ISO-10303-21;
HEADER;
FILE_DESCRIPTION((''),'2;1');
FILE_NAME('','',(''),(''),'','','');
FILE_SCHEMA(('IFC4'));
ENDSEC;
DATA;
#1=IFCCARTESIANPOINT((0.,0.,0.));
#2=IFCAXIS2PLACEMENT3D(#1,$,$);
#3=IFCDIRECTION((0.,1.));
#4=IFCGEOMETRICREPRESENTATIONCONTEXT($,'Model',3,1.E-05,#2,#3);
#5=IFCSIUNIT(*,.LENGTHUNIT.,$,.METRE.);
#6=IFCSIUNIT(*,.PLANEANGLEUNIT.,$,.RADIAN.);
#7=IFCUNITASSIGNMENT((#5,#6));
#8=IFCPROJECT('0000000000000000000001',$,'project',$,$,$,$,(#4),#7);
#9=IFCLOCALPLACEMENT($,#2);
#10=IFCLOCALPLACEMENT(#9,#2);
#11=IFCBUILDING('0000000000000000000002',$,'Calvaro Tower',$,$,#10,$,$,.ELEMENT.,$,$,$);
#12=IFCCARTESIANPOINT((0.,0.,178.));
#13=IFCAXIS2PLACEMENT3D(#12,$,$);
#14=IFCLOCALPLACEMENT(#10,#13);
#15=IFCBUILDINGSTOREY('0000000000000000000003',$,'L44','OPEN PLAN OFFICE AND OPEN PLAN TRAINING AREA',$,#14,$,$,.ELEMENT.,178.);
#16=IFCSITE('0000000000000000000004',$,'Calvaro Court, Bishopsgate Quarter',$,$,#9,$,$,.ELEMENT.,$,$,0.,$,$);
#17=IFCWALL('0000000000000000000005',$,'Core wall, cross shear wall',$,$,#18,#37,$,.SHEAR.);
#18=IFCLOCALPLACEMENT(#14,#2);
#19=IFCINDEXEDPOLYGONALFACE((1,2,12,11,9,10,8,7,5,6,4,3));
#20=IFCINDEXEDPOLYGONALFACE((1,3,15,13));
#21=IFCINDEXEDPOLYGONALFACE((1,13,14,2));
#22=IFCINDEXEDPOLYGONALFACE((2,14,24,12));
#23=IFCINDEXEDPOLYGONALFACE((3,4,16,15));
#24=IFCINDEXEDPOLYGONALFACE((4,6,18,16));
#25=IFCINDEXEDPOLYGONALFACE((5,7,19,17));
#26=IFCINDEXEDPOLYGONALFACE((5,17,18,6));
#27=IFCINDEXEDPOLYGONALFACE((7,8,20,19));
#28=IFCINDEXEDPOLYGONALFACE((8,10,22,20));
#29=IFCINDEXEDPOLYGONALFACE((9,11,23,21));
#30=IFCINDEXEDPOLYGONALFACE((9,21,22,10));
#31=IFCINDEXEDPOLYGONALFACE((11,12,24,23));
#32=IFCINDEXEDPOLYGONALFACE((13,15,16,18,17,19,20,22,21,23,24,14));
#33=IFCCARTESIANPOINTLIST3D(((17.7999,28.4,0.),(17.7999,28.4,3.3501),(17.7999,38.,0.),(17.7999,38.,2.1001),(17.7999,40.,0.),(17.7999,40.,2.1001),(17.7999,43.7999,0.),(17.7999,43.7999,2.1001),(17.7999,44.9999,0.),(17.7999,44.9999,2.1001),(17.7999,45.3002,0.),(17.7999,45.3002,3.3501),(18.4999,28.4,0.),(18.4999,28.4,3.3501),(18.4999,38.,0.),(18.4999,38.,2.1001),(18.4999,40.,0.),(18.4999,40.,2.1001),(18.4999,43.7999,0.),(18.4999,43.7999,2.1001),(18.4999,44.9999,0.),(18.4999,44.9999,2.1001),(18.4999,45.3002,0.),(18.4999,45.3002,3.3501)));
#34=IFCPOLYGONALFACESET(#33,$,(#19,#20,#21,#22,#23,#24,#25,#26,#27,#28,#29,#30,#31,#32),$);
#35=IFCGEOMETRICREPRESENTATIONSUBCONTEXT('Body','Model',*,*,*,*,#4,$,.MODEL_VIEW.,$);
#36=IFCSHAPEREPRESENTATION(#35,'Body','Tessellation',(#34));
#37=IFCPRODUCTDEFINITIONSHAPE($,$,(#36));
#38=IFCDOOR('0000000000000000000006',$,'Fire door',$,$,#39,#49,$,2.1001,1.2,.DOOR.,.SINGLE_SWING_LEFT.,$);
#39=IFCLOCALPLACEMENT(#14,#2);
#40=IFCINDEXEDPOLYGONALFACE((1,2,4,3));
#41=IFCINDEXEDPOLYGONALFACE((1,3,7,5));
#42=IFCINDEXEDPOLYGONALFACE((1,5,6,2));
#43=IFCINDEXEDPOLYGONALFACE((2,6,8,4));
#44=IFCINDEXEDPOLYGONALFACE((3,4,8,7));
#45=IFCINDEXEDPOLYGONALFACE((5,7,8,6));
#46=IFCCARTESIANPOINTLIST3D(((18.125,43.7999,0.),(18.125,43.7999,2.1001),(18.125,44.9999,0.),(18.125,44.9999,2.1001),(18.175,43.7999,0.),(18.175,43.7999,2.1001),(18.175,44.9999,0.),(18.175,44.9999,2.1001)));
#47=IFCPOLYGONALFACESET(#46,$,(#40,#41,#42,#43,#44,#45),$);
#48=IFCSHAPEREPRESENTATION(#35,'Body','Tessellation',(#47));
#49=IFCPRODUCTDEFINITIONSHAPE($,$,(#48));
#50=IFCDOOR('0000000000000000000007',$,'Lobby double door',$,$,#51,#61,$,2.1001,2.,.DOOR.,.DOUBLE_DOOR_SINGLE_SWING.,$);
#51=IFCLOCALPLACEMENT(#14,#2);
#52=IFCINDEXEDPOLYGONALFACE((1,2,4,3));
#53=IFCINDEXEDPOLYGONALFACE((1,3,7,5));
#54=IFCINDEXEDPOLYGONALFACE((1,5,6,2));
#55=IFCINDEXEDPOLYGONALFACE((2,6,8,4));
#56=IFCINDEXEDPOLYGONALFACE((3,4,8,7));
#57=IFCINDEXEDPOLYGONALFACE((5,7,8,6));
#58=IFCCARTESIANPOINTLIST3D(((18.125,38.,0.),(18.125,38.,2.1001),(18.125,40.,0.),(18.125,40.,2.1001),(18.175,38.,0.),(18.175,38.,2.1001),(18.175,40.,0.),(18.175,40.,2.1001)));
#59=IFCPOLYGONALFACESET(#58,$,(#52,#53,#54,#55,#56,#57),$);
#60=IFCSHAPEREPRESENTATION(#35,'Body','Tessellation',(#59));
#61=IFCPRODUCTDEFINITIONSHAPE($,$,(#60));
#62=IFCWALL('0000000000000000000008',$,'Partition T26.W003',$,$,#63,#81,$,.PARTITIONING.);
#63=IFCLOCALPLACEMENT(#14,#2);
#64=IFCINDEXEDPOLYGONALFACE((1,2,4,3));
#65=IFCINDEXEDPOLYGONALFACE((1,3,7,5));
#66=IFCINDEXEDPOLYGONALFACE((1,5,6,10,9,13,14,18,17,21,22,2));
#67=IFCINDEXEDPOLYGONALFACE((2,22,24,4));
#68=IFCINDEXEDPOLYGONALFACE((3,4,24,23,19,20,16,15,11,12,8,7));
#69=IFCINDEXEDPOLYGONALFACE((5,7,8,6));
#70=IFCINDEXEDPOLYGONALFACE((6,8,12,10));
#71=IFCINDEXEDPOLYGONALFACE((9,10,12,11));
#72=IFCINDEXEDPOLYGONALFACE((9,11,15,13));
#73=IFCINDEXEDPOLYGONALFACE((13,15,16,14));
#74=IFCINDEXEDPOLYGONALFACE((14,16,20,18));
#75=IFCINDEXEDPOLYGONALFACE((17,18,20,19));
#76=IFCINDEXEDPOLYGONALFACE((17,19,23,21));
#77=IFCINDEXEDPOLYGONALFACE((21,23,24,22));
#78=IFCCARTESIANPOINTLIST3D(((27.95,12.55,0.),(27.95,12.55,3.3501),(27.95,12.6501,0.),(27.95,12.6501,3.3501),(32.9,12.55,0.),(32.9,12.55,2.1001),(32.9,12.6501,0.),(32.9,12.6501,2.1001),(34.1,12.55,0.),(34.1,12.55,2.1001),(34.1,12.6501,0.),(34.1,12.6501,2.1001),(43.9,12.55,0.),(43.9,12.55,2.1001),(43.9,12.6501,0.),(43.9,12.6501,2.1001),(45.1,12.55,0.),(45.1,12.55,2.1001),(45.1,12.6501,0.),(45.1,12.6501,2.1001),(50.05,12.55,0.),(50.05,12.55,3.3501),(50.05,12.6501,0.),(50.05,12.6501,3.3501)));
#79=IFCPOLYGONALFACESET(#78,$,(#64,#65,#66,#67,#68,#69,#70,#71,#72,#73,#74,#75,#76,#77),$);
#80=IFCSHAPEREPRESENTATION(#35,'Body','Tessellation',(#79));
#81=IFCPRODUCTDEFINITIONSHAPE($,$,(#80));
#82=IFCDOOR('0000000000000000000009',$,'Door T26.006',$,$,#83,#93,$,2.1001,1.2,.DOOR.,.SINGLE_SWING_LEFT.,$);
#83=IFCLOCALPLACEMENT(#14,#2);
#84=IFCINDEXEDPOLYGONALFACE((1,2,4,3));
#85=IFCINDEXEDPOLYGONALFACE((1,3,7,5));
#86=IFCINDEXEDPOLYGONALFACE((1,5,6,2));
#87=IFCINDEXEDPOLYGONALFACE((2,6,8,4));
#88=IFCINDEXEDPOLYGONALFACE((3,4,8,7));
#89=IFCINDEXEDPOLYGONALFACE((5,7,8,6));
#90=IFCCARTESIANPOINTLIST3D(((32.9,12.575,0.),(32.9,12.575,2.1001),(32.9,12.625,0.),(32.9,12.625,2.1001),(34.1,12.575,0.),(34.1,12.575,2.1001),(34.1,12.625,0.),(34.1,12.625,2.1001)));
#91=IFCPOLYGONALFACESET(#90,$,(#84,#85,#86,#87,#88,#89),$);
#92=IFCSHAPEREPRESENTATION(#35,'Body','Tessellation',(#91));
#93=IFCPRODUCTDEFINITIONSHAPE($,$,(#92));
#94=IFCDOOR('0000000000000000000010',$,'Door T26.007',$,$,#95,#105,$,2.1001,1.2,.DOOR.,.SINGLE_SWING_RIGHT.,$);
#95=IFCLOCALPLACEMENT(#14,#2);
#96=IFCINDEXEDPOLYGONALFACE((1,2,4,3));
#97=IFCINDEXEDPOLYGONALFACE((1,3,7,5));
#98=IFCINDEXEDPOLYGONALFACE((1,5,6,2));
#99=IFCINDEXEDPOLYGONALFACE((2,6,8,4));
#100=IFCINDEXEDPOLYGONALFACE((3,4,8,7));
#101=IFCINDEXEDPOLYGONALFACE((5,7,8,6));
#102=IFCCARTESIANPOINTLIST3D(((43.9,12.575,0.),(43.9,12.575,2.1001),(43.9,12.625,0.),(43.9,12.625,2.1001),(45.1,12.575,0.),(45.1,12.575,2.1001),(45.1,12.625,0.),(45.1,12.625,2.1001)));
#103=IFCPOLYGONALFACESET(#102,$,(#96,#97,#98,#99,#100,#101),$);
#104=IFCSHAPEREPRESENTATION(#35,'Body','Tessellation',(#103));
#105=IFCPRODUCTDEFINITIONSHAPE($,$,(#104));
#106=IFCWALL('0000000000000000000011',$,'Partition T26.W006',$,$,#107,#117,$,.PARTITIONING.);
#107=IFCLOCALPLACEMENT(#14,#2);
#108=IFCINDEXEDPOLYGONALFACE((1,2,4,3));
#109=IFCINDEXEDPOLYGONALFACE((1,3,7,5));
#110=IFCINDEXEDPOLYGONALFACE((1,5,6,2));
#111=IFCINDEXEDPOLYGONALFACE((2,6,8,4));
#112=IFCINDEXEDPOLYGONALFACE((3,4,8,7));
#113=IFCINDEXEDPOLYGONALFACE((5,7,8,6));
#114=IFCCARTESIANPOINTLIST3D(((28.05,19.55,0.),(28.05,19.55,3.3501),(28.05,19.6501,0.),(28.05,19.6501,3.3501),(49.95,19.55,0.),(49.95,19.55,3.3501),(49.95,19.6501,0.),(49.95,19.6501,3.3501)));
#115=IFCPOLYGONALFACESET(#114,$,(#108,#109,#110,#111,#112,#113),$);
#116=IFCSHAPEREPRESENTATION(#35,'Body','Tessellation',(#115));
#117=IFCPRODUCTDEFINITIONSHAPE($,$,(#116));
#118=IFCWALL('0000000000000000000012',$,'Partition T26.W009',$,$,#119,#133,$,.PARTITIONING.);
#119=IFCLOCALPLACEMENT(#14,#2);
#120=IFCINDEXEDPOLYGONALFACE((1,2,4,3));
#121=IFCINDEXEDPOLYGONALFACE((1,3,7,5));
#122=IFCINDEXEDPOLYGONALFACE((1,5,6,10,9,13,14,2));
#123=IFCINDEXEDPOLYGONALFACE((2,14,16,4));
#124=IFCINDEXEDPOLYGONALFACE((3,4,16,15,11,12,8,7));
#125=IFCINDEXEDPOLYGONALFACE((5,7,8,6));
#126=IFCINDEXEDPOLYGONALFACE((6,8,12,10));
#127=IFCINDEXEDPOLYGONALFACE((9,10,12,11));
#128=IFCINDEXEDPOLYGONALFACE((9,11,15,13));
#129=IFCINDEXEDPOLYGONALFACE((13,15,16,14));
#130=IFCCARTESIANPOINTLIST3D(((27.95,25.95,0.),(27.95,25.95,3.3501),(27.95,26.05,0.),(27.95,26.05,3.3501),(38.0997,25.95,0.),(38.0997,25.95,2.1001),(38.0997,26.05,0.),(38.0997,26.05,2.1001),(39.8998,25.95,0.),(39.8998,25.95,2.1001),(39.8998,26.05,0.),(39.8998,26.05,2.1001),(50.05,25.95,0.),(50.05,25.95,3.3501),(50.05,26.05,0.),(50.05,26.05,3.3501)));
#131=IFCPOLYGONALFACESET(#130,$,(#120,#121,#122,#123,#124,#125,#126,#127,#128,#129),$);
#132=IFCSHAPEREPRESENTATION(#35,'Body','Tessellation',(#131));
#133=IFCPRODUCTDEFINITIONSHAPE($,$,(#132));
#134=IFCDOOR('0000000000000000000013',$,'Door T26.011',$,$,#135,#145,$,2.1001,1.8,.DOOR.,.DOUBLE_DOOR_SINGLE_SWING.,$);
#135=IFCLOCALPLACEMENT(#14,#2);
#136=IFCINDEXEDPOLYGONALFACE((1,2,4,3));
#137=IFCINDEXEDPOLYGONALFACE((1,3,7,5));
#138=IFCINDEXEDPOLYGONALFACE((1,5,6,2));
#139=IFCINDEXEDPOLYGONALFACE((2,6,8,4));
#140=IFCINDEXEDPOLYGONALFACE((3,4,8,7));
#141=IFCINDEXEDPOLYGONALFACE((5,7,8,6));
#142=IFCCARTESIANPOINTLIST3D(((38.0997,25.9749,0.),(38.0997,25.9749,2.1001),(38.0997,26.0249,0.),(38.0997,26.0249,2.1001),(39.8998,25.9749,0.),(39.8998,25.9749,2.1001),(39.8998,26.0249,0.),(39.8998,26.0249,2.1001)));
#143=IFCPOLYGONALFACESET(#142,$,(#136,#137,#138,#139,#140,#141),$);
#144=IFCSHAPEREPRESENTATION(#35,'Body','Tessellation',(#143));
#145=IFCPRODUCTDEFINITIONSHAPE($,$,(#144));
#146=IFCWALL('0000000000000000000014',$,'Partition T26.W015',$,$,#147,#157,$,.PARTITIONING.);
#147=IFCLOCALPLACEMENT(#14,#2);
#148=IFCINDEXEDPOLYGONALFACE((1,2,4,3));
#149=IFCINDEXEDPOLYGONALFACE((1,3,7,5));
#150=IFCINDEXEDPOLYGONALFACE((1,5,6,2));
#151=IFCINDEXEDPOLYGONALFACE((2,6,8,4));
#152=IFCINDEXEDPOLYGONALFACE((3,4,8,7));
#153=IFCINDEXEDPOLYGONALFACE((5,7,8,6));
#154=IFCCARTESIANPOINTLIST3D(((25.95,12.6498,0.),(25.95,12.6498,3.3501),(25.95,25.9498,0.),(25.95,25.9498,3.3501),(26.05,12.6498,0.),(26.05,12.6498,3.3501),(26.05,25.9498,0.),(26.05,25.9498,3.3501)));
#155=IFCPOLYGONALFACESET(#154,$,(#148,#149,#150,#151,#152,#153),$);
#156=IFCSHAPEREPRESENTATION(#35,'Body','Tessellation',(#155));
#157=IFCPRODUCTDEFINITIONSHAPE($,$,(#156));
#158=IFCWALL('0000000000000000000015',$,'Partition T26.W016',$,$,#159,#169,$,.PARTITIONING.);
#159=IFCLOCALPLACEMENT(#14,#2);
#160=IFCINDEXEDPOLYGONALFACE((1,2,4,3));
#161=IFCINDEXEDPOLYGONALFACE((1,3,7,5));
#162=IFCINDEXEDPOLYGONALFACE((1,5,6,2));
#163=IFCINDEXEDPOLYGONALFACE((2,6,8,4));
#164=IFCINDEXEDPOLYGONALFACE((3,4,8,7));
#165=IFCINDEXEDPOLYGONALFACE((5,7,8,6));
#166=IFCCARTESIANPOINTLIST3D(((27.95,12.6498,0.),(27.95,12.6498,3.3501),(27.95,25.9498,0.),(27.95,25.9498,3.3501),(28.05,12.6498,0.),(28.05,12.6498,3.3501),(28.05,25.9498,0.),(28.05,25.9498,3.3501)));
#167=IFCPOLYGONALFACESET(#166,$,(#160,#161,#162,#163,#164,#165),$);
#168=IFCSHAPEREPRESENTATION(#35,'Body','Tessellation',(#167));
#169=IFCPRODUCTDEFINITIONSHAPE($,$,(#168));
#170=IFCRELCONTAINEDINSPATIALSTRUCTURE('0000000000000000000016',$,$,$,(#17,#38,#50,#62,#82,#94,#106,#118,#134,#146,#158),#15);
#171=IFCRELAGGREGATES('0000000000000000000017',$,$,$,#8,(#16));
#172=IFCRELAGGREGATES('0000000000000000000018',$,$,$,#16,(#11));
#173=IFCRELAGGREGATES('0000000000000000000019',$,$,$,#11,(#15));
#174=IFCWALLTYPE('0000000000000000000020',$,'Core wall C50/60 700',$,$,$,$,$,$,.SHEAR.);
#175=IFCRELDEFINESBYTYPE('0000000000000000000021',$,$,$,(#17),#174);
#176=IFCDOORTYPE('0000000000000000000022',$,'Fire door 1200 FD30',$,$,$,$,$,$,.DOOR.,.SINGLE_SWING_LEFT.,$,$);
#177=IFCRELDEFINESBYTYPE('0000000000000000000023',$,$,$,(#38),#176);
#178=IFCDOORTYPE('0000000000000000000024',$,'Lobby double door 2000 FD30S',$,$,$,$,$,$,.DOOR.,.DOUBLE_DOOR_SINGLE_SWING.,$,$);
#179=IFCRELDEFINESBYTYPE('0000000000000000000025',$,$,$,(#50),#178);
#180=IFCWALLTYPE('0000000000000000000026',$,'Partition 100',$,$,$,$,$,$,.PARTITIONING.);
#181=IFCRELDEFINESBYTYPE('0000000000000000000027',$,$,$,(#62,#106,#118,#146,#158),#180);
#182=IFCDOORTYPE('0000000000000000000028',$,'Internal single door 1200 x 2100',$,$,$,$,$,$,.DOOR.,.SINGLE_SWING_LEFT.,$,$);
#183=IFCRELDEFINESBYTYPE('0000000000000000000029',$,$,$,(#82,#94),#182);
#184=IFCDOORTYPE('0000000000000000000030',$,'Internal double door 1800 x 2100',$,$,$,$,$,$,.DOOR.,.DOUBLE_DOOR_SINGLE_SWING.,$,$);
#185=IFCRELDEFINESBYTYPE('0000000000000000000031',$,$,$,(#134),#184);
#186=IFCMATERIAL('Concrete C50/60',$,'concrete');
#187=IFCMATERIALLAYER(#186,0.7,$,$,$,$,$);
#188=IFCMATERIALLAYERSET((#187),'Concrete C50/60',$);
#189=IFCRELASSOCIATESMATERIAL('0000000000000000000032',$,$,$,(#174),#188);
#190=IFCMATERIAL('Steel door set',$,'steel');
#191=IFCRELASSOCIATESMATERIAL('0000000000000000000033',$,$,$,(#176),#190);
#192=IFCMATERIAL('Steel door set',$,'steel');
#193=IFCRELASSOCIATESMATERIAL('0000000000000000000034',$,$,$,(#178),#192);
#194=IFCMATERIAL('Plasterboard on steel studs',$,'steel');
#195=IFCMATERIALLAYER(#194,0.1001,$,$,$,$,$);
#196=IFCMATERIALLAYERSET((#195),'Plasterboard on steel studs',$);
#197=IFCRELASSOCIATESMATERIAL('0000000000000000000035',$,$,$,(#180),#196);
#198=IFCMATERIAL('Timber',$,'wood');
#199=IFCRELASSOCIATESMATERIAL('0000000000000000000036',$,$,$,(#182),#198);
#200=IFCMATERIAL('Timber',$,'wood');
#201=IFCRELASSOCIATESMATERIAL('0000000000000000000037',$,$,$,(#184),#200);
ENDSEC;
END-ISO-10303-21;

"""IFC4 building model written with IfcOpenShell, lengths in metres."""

from ifc_helpers import new_model, si_unit, direction, frame, frame_2d, origin, place, context, subcontext, project, spatial, rectangle, extrude, material, layer, layer_set, type_object, element, fill, save


model = new_model("IFC4")

# Units and contexts
model_context = context("Model", 3, precision=1e-05, world=origin(), true_north=direction((0.0, 1.0)))
body_context = subcontext(model_context, "Body", "Model", "MODEL_VIEW")
ifc_project = project(units=[si_unit("LENGTHUNIT", "METRE"), si_unit("PLANEANGLEUNIT", "RADIAN")], contexts=[model_context])

# Site, building, storey
site_placement = place(None, origin())
site = spatial("IfcSite", under=ifc_project, at=site_placement, Name="Calvaro Court, Bishopsgate Quarter", CompositionType="ELEMENT", RefElevation=0.0)
building_placement = place(site_placement, origin())
building = spatial("IfcBuilding", under=site, at=building_placement, Name="Calvaro Tower", CompositionType="ELEMENT")
storey_placement = place(building_placement, frame((0.0, 0.0, 178.0)))
storey = spatial("IfcBuildingStorey", under=building, at=storey_placement, Name="L44", Description="OPEN PLAN OFFICE AND OPEN PLAN TRAINING AREA", CompositionType="ELEMENT", Elevation=178.0)

# Walls, openings, doors
ifc_material_1 = material(Name="Concrete C50/60", Category="concrete")
ifc_layer_1 = layer(ifc_material_1, 0.7)
ifc_layer_set_1 = layer_set([ifc_layer_1], Name="Concrete C50/60")
wall_type_1 = type_object("IfcWallType", Name="Core wall C50/60 700", PredefinedType="SHEAR", material=ifc_layer_set_1)
wall_1_placement = place(storey_placement, frame((18.1499, 28.3999, 0.0), z_axis=(0.0, 0.0, 1.0), x_axis=(0.0, 1.0, 0.0)))
wall_1 = element("IfcWall", 1, at=wall_1_placement, inside=storey, type_object=wall_type_1, Name="Core wall, cross shear wall", PredefinedType="SHEAR", context=body_context, shape_type="SweptSolid", body=[
    extrude(rectangle(XDim=16.9001, YDim=0.7, at=frame_2d((8.4502, 0.0))), origin(), (0.0, 0.0, 1.0), 3.3501),
])
opening_1_placement = place(wall_1_placement, frame((9.6001, 0.0, 0.0)))
opening_1 = element("IfcOpeningElement", 2, at=opening_1_placement, cuts=wall_1, PredefinedType="OPENING", context=body_context, shape_type="SweptSolid", body=[
    extrude(rectangle(XDim=2.0, YDim=2.1001, at=frame_2d((1.0, 1.05))), frame((0.0, 0.3599, 0.0), z_axis=(0.0, -1.0, 0.0), x_axis=(1.0, 0.0, 0.0)), (0.0, 0.0, 1.0), 0.72),
])
opening_2_placement = place(wall_1_placement, frame((15.3999, 0.0, 0.0)))
opening_2 = element("IfcOpeningElement", 3, at=opening_2_placement, cuts=wall_1, PredefinedType="OPENING", context=body_context, shape_type="SweptSolid", body=[
    extrude(rectangle(XDim=1.2, YDim=2.1001, at=frame_2d((0.6001, 1.05))), frame((0.0, 0.3599, 0.0), z_axis=(0.0, -1.0, 0.0), x_axis=(1.0, 0.0, 0.0)), (0.0, 0.0, 1.0), 0.72),
])
ifc_material_2 = material(Name="Steel door set", Category="steel")
door_type_1 = type_object("IfcDoorType", Name="Fire door 1200 FD30", OperationType="SINGLE_SWING_LEFT", PredefinedType="DOOR", material=ifc_material_2)
door_1_placement = place(opening_2_placement, origin())
door_1 = element("IfcDoor", 4, at=door_1_placement, inside=storey, type_object=door_type_1, Name="Fire door", OperationType="SINGLE_SWING_LEFT", OverallHeight=2.1001, OverallWidth=1.2, PredefinedType="DOOR", context=body_context, shape_type="SweptSolid", body=[
    extrude(rectangle(XDim=1.2, YDim=2.1001, at=frame_2d((0.6001, 1.05))), frame((0.0, 0.0249, 0.0), z_axis=(0.0, -1.0, 0.0), x_axis=(1.0, 0.0, 0.0)), (0.0, 0.0, 1.0), 0.05),
])
fill(opening_2, door_1)
ifc_material_3 = material(Name="Steel door set", Category="steel")
door_type_2 = type_object("IfcDoorType", Name="Lobby double door 2000 FD30S", OperationType="DOUBLE_DOOR_SINGLE_SWING", PredefinedType="DOOR", material=ifc_material_3)
door_2_placement = place(opening_1_placement, origin())
door_2 = element("IfcDoor", 5, at=door_2_placement, inside=storey, type_object=door_type_2, Name="Lobby double door", OperationType="DOUBLE_DOOR_SINGLE_SWING", OverallHeight=2.1001, OverallWidth=2.0, PredefinedType="DOOR", context=body_context, shape_type="SweptSolid", body=[
    extrude(rectangle(XDim=2.0, YDim=2.1001, at=frame_2d((1.0, 1.05))), frame((0.0, 0.0249, 0.0), z_axis=(0.0, -1.0, 0.0), x_axis=(1.0, 0.0, 0.0)), (0.0, 0.0, 1.0), 0.05),
])
fill(opening_1, door_2)
ifc_material_4 = material(Name="Plasterboard on steel studs", Category="steel")
ifc_layer_2 = layer(ifc_material_4, 0.1001)
ifc_layer_set_2 = layer_set([ifc_layer_2], Name="Plasterboard on steel studs")
wall_type_2 = type_object("IfcWallType", Name="Partition 100", PredefinedType="PARTITIONING", material=ifc_layer_set_2)
wall_2_placement = place(storey_placement, frame((27.95, 12.6001, 0.0), z_axis=(0.0, 0.0, 1.0), x_axis=(1.0, 0.0, 0.0)))
wall_2 = element("IfcWall", 6, at=wall_2_placement, inside=storey, type_object=wall_type_2, Name="Partition T26.W003", PredefinedType="PARTITIONING", context=body_context, shape_type="SweptSolid", body=[
    extrude(rectangle(XDim=22.1001, YDim=0.1001, at=frame_2d((11.05, 0.0))), origin(), (0.0, 0.0, 1.0), 3.3501),
])
opening_3_placement = place(wall_2_placement, frame((4.95, 0.0, 0.0)))
opening_3 = element("IfcOpeningElement", 7, at=opening_3_placement, cuts=wall_2, PredefinedType="OPENING", context=body_context, shape_type="SweptSolid", body=[
    extrude(rectangle(XDim=1.2, YDim=2.1001, at=frame_2d((0.6001, 1.05))), frame((0.0, 0.0601, 0.0), z_axis=(0.0, -1.0, 0.0), x_axis=(1.0, 0.0, 0.0)), (0.0, 0.0, 1.0), 0.1201),
])
opening_4_placement = place(wall_2_placement, frame((15.95, 0.0, 0.0)))
opening_4 = element("IfcOpeningElement", 8, at=opening_4_placement, cuts=wall_2, PredefinedType="OPENING", context=body_context, shape_type="SweptSolid", body=[
    extrude(rectangle(XDim=1.2, YDim=2.1001, at=frame_2d((0.6001, 1.05))), frame((0.0, 0.0601, 0.0), z_axis=(0.0, -1.0, 0.0), x_axis=(1.0, 0.0, 0.0)), (0.0, 0.0, 1.0), 0.1201),
])
ifc_material_5 = material(Name="Timber", Category="wood")
door_type_3 = type_object("IfcDoorType", Name="Internal single door 1200 x 2100", OperationType="SINGLE_SWING_LEFT", PredefinedType="DOOR", material=ifc_material_5)
door_3_placement = place(opening_3_placement, origin())
door_3 = element("IfcDoor", 9, at=door_3_placement, inside=storey, type_object=door_type_3, Name="Door T26.006", OperationType="SINGLE_SWING_LEFT", OverallHeight=2.1001, OverallWidth=1.2, PredefinedType="DOOR", context=body_context, shape_type="SweptSolid", body=[
    extrude(rectangle(XDim=1.2, YDim=2.1001, at=frame_2d((0.6001, 1.05))), frame((0.0, 0.0249, 0.0), z_axis=(0.0, -1.0, 0.0), x_axis=(1.0, 0.0, 0.0)), (0.0, 0.0, 1.0), 0.05),
])
fill(opening_3, door_3)
door_4_placement = place(opening_4_placement, origin())
door_4 = element("IfcDoor", 10, at=door_4_placement, inside=storey, type_object=door_type_3, Name="Door T26.007", OperationType="SINGLE_SWING_RIGHT", OverallHeight=2.1001, OverallWidth=1.2, PredefinedType="DOOR", context=body_context, shape_type="SweptSolid", body=[
    extrude(rectangle(XDim=1.2, YDim=2.1001, at=frame_2d((0.6001, 1.05))), frame((0.0, 0.0249, 0.0), z_axis=(0.0, -1.0, 0.0), x_axis=(1.0, 0.0, 0.0)), (0.0, 0.0, 1.0), 0.05),
])
fill(opening_4, door_4)

# Wall
wall_3_placement = place(storey_placement, frame((28.05, 19.6001, 0.0), z_axis=(0.0, 0.0, 1.0), x_axis=(1.0, 0.0, 0.0)))
element("IfcWall", 11, at=wall_3_placement, inside=storey, type_object=wall_type_2, Name="Partition T26.W006", PredefinedType="PARTITIONING", context=body_context, shape_type="SweptSolid", body=[
    extrude(rectangle(XDim=21.8999, YDim=0.1001, at=frame_2d((10.95, 0.0))), origin(), (0.0, 0.0, 1.0), 3.3501),
])

# Wall, opening, door
wall_4_placement = place(storey_placement, frame((27.95, 26.0, 0.0), z_axis=(0.0, 0.0, 1.0), x_axis=(1.0, 0.0, 0.0)))
wall_4 = element("IfcWall", 12, at=wall_4_placement, inside=storey, type_object=wall_type_2, Name="Partition T26.W009", PredefinedType="PARTITIONING", context=body_context, shape_type="SweptSolid", body=[
    extrude(rectangle(XDim=22.1001, YDim=0.1001, at=frame_2d((11.05, 0.0))), origin(), (0.0, 0.0, 1.0), 3.3501),
])
opening_5_placement = place(wall_4_placement, frame((10.1499, 0.0, 0.0)))
opening_5 = element("IfcOpeningElement", 13, at=opening_5_placement, cuts=wall_4, PredefinedType="OPENING", context=body_context, shape_type="SweptSolid", body=[
    extrude(rectangle(XDim=1.8, YDim=2.1001, at=frame_2d((0.8999, 1.05))), frame((0.0, 0.0601, 0.0), z_axis=(0.0, -1.0, 0.0), x_axis=(1.0, 0.0, 0.0)), (0.0, 0.0, 1.0), 0.1201),
])
ifc_material_6 = material(Name="Timber", Category="wood")
door_type_4 = type_object("IfcDoorType", Name="Internal double door 1800 x 2100", OperationType="DOUBLE_DOOR_SINGLE_SWING", PredefinedType="DOOR", material=ifc_material_6)
door_5_placement = place(opening_5_placement, origin())
door_5 = element("IfcDoor", 14, at=door_5_placement, inside=storey, type_object=door_type_4, Name="Door T26.011", OperationType="DOUBLE_DOOR_SINGLE_SWING", OverallHeight=2.1001, OverallWidth=1.8, PredefinedType="DOOR", context=body_context, shape_type="SweptSolid", body=[
    extrude(rectangle(XDim=1.8, YDim=2.1001, at=frame_2d((0.8999, 1.05))), frame((0.0, 0.0249, 0.0), z_axis=(0.0, -1.0, 0.0), x_axis=(1.0, 0.0, 0.0)), (0.0, 0.0, 1.0), 0.05),
])
fill(opening_5, door_5)

# Walls
for number, where, z_axis, x_axis, name in (
    (15, (26.0, 12.6499, 0.0), (0.0, 0.0, 1.0), (0.0, 1.0, 0.0), "Partition T26.W015"),
    (16, (28.0, 12.6499, 0.0), (0.0, 0.0, 1.0), (0.0, 1.0, 0.0), "Partition T26.W016"),
):
    element("IfcWall", number, at=place(storey_placement, frame(where, z_axis=z_axis, x_axis=x_axis)), inside=storey, type_object=wall_type_2, Name=name, PredefinedType="PARTITIONING", context=body_context, shape_type="SweptSolid", body=[
        extrude(rectangle(XDim=13.3, YDim=0.1001, at=frame_2d((6.6499, 0.0))), origin(), (0.0, 0.0, 1.0), 3.3501),
    ])

save(model, "model.ifc")
